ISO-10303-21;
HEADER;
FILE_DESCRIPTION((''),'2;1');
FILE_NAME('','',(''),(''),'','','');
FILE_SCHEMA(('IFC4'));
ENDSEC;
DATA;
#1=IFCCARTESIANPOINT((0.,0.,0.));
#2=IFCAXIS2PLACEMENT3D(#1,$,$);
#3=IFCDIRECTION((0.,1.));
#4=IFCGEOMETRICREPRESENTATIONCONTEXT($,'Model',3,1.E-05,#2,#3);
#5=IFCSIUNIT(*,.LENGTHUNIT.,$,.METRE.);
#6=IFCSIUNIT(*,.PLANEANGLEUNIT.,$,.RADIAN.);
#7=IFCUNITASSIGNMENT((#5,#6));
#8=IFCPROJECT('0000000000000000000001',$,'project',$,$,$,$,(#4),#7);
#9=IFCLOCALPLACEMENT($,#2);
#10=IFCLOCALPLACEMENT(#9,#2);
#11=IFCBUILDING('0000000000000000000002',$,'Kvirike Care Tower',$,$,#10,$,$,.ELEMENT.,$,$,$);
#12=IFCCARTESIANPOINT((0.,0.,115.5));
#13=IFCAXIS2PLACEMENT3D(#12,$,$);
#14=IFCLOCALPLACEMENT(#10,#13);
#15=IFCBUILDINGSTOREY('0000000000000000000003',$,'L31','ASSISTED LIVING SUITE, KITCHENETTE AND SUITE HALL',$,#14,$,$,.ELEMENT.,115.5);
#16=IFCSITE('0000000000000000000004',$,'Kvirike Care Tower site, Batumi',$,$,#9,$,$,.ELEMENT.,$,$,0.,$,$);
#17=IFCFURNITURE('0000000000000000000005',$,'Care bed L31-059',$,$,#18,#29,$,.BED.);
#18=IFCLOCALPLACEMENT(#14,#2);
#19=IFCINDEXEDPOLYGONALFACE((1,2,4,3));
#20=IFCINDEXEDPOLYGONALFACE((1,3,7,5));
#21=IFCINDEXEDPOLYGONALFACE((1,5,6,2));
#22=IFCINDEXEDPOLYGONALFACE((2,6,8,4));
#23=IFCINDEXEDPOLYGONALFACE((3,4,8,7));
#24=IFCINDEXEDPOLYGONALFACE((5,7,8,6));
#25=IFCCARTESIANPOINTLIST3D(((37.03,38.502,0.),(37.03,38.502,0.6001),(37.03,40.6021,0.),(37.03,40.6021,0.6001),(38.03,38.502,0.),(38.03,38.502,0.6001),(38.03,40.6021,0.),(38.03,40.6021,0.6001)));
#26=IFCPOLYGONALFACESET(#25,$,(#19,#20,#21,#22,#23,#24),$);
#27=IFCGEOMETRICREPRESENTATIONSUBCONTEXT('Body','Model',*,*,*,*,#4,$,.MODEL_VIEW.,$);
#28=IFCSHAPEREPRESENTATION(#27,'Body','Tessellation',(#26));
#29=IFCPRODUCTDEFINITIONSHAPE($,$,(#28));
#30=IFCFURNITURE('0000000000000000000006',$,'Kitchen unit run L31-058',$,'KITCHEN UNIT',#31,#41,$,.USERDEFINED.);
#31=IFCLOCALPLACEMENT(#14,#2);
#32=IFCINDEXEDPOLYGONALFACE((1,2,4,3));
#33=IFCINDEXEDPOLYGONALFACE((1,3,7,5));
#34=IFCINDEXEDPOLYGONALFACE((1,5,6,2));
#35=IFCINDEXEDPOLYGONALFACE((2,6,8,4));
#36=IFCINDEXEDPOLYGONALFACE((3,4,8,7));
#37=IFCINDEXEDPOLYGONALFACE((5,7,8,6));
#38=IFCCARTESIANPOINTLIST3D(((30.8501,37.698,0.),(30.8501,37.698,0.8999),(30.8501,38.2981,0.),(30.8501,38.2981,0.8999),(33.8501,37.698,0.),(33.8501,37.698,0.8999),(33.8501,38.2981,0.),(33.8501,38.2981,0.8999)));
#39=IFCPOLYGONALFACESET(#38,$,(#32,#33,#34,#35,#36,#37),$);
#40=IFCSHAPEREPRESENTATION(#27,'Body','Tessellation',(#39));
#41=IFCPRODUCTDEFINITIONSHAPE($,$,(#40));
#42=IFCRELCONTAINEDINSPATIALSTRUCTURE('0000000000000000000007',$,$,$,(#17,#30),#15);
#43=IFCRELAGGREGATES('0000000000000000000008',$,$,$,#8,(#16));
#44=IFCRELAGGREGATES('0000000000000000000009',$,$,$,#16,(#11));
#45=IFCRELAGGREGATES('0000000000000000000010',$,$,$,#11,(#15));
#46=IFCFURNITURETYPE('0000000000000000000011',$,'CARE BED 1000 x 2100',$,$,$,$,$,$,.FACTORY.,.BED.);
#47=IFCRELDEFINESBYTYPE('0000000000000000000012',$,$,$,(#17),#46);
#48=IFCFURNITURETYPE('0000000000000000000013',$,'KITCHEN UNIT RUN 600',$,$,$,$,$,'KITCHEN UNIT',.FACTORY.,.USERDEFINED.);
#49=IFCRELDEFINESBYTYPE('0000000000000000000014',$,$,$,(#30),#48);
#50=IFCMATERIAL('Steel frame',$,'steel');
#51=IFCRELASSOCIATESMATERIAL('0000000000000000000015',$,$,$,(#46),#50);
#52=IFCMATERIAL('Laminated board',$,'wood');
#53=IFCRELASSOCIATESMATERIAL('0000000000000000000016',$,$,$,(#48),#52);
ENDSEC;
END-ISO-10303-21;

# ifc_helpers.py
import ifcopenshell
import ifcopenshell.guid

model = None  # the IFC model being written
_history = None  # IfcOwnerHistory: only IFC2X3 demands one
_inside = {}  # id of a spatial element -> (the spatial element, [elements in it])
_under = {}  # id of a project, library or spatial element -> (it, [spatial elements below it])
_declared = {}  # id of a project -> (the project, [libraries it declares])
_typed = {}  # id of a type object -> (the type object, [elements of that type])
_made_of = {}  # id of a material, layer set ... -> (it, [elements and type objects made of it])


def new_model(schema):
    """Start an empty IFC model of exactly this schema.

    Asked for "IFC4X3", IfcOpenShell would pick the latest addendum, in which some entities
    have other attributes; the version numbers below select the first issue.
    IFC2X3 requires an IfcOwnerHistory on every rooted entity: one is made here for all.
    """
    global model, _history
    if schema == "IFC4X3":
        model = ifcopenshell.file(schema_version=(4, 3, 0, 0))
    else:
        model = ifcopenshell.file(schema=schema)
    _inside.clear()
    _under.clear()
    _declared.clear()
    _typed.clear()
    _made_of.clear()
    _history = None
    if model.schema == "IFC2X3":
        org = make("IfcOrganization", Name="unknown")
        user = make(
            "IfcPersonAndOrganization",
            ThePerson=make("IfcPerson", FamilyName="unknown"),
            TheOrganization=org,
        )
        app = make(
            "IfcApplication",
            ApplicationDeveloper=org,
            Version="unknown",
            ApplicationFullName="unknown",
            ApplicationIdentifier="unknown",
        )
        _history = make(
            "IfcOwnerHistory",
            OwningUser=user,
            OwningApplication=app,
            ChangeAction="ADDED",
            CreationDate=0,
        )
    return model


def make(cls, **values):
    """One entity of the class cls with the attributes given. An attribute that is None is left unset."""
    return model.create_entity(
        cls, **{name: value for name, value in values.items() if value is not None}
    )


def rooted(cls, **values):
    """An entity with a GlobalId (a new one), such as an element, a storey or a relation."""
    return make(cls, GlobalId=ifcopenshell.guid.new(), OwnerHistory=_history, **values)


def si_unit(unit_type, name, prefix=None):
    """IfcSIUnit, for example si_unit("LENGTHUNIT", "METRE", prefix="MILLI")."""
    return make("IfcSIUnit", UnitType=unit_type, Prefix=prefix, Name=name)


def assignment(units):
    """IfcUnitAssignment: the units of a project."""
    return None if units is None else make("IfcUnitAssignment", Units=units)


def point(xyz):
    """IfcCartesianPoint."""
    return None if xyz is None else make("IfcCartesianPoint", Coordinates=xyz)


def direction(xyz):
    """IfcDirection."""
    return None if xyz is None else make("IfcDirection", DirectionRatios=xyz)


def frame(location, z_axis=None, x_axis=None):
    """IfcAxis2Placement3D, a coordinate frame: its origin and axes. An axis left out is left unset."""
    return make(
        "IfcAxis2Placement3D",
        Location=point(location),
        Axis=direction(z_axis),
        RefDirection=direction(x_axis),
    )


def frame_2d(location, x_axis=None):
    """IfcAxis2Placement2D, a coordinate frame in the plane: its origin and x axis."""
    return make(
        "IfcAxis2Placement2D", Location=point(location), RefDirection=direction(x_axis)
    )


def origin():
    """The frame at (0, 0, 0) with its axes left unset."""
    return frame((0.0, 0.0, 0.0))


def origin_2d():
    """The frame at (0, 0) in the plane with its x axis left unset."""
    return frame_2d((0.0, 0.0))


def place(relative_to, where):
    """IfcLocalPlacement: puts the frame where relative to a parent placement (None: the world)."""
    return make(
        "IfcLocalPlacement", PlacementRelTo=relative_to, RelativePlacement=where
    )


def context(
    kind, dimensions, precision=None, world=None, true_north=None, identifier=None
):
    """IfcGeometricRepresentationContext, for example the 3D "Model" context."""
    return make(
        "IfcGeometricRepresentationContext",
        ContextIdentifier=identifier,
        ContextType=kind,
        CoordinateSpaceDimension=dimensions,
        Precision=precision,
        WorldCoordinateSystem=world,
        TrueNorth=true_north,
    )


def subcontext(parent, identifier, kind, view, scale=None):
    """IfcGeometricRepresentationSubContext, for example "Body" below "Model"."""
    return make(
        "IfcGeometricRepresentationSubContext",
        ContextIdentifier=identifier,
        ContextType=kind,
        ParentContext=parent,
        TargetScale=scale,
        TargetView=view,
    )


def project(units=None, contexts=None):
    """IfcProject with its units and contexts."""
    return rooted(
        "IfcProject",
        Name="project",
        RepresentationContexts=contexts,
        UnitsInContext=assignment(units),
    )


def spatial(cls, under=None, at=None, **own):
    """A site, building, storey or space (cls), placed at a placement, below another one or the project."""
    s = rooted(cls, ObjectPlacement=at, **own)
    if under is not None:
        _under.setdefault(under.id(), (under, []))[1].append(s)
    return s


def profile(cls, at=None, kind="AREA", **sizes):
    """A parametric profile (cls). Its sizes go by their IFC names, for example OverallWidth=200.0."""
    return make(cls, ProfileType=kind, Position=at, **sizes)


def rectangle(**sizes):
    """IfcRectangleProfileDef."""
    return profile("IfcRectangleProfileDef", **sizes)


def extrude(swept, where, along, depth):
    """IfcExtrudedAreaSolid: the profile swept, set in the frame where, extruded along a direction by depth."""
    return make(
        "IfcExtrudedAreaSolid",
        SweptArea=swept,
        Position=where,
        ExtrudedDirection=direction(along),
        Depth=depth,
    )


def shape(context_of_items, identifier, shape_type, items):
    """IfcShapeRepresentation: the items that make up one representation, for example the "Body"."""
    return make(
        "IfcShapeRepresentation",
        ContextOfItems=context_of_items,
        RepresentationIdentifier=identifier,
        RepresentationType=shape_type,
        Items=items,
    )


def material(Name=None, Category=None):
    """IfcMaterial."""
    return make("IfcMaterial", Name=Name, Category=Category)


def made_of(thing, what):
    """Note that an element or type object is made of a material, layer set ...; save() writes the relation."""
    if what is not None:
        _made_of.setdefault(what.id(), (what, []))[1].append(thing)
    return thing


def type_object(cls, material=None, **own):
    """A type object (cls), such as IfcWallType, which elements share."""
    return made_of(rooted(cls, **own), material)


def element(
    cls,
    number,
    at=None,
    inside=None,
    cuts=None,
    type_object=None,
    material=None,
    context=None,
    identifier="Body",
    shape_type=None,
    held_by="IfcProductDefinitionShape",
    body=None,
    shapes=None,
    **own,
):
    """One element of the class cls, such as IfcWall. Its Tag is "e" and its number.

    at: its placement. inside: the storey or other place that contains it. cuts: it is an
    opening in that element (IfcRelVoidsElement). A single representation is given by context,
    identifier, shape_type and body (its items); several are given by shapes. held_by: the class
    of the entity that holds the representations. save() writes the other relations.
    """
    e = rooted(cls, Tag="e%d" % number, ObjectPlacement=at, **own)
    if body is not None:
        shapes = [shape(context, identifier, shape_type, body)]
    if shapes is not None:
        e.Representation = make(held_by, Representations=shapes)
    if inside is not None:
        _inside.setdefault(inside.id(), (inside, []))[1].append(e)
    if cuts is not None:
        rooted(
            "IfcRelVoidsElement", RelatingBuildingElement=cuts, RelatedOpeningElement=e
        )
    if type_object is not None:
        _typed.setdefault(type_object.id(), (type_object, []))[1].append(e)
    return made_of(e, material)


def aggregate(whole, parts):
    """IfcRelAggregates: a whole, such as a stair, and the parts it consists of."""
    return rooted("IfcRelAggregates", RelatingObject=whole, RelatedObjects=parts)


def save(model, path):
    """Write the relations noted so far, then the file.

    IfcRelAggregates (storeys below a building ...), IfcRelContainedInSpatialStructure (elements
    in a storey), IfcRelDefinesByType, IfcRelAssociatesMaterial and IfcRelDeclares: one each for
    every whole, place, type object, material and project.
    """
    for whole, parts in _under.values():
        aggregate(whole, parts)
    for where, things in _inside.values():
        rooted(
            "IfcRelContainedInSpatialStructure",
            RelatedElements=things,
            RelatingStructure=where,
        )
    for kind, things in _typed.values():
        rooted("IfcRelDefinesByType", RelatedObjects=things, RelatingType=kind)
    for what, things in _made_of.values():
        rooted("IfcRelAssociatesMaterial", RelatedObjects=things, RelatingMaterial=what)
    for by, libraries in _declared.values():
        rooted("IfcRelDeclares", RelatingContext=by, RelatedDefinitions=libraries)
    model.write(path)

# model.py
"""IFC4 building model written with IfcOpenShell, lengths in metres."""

from ifc_helpers import new_model, si_unit, direction, frame, origin, origin_2d, place, context, subcontext, project, spatial, rectangle, extrude, material, type_object, element, save


model = new_model("IFC4")

# Units and contexts
model_context = context("Model", 3, precision=1e-05, world=origin(), true_north=direction((0.0, 1.0)))
body_context = subcontext(model_context, "Body", "Model", "MODEL_VIEW")
ifc_project = project(units=[si_unit("LENGTHUNIT", "METRE"), si_unit("PLANEANGLEUNIT", "RADIAN")], contexts=[model_context])

# Site, building, storey
site_placement = place(None, origin())
site = spatial("IfcSite", under=ifc_project, at=site_placement, Name="Kvirike Care Tower site, Batumi", CompositionType="ELEMENT", RefElevation=0.0)
building_placement = place(site_placement, origin())
building = spatial("IfcBuilding", under=site, at=building_placement, Name="Kvirike Care Tower", CompositionType="ELEMENT")
storey_placement = place(building_placement, frame((0.0, 0.0, 115.5)))
storey = spatial("IfcBuildingStorey", under=building, at=storey_placement, Name="L31", Description="ASSISTED LIVING SUITE, KITCHENETTE AND SUITE HALL", CompositionType="ELEMENT", Elevation=115.5)

# Furniture
ifc_material_1 = material(Name="Steel frame", Category="steel")
furniture_type_1 = type_object("IfcFurnitureType", Name="CARE BED 1000 x 2100", AssemblyPlace="FACTORY", PredefinedType="BED", material=ifc_material_1)
furniture_1_placement = place(storey_placement, frame((37.53, 39.552, 0.0), z_axis=(0.0, 0.0, 1.0), x_axis=(-1.0, 0.0, 0.0)))
element("IfcFurniture", 1, at=furniture_1_placement, inside=storey, type_object=furniture_type_1, Name="Care bed L31-059", PredefinedType="BED", context=body_context, shape_type="SweptSolid", body=[
    extrude(rectangle(XDim=1.0, YDim=2.1001, at=origin_2d()), origin(), (0.0, 0.0, 1.0), 0.6001),
])
ifc_material_2 = material(Name="Laminated board", Category="wood")
furniture_type_2 = type_object("IfcFurnitureType", Name="KITCHEN UNIT RUN 600", ElementType="KITCHEN UNIT", AssemblyPlace="FACTORY", PredefinedType="USERDEFINED", material=ifc_material_2)
furniture_2_placement = place(storey_placement, frame((32.3501, 37.998, 0.0), z_axis=(0.0, 0.0, 1.0), x_axis=(1.0, 0.0, 0.0)))
element("IfcFurniture", 2, at=furniture_2_placement, inside=storey, type_object=furniture_type_2, Name="Kitchen unit run L31-058", ObjectType="KITCHEN UNIT", PredefinedType="USERDEFINED", context=body_context, shape_type="SweptSolid", body=[
    extrude(rectangle(XDim=3.0, YDim=0.6001, at=origin_2d()), origin(), (0.0, 0.0, 1.0), 0.8999),
])

save(model, "model.ifc")
